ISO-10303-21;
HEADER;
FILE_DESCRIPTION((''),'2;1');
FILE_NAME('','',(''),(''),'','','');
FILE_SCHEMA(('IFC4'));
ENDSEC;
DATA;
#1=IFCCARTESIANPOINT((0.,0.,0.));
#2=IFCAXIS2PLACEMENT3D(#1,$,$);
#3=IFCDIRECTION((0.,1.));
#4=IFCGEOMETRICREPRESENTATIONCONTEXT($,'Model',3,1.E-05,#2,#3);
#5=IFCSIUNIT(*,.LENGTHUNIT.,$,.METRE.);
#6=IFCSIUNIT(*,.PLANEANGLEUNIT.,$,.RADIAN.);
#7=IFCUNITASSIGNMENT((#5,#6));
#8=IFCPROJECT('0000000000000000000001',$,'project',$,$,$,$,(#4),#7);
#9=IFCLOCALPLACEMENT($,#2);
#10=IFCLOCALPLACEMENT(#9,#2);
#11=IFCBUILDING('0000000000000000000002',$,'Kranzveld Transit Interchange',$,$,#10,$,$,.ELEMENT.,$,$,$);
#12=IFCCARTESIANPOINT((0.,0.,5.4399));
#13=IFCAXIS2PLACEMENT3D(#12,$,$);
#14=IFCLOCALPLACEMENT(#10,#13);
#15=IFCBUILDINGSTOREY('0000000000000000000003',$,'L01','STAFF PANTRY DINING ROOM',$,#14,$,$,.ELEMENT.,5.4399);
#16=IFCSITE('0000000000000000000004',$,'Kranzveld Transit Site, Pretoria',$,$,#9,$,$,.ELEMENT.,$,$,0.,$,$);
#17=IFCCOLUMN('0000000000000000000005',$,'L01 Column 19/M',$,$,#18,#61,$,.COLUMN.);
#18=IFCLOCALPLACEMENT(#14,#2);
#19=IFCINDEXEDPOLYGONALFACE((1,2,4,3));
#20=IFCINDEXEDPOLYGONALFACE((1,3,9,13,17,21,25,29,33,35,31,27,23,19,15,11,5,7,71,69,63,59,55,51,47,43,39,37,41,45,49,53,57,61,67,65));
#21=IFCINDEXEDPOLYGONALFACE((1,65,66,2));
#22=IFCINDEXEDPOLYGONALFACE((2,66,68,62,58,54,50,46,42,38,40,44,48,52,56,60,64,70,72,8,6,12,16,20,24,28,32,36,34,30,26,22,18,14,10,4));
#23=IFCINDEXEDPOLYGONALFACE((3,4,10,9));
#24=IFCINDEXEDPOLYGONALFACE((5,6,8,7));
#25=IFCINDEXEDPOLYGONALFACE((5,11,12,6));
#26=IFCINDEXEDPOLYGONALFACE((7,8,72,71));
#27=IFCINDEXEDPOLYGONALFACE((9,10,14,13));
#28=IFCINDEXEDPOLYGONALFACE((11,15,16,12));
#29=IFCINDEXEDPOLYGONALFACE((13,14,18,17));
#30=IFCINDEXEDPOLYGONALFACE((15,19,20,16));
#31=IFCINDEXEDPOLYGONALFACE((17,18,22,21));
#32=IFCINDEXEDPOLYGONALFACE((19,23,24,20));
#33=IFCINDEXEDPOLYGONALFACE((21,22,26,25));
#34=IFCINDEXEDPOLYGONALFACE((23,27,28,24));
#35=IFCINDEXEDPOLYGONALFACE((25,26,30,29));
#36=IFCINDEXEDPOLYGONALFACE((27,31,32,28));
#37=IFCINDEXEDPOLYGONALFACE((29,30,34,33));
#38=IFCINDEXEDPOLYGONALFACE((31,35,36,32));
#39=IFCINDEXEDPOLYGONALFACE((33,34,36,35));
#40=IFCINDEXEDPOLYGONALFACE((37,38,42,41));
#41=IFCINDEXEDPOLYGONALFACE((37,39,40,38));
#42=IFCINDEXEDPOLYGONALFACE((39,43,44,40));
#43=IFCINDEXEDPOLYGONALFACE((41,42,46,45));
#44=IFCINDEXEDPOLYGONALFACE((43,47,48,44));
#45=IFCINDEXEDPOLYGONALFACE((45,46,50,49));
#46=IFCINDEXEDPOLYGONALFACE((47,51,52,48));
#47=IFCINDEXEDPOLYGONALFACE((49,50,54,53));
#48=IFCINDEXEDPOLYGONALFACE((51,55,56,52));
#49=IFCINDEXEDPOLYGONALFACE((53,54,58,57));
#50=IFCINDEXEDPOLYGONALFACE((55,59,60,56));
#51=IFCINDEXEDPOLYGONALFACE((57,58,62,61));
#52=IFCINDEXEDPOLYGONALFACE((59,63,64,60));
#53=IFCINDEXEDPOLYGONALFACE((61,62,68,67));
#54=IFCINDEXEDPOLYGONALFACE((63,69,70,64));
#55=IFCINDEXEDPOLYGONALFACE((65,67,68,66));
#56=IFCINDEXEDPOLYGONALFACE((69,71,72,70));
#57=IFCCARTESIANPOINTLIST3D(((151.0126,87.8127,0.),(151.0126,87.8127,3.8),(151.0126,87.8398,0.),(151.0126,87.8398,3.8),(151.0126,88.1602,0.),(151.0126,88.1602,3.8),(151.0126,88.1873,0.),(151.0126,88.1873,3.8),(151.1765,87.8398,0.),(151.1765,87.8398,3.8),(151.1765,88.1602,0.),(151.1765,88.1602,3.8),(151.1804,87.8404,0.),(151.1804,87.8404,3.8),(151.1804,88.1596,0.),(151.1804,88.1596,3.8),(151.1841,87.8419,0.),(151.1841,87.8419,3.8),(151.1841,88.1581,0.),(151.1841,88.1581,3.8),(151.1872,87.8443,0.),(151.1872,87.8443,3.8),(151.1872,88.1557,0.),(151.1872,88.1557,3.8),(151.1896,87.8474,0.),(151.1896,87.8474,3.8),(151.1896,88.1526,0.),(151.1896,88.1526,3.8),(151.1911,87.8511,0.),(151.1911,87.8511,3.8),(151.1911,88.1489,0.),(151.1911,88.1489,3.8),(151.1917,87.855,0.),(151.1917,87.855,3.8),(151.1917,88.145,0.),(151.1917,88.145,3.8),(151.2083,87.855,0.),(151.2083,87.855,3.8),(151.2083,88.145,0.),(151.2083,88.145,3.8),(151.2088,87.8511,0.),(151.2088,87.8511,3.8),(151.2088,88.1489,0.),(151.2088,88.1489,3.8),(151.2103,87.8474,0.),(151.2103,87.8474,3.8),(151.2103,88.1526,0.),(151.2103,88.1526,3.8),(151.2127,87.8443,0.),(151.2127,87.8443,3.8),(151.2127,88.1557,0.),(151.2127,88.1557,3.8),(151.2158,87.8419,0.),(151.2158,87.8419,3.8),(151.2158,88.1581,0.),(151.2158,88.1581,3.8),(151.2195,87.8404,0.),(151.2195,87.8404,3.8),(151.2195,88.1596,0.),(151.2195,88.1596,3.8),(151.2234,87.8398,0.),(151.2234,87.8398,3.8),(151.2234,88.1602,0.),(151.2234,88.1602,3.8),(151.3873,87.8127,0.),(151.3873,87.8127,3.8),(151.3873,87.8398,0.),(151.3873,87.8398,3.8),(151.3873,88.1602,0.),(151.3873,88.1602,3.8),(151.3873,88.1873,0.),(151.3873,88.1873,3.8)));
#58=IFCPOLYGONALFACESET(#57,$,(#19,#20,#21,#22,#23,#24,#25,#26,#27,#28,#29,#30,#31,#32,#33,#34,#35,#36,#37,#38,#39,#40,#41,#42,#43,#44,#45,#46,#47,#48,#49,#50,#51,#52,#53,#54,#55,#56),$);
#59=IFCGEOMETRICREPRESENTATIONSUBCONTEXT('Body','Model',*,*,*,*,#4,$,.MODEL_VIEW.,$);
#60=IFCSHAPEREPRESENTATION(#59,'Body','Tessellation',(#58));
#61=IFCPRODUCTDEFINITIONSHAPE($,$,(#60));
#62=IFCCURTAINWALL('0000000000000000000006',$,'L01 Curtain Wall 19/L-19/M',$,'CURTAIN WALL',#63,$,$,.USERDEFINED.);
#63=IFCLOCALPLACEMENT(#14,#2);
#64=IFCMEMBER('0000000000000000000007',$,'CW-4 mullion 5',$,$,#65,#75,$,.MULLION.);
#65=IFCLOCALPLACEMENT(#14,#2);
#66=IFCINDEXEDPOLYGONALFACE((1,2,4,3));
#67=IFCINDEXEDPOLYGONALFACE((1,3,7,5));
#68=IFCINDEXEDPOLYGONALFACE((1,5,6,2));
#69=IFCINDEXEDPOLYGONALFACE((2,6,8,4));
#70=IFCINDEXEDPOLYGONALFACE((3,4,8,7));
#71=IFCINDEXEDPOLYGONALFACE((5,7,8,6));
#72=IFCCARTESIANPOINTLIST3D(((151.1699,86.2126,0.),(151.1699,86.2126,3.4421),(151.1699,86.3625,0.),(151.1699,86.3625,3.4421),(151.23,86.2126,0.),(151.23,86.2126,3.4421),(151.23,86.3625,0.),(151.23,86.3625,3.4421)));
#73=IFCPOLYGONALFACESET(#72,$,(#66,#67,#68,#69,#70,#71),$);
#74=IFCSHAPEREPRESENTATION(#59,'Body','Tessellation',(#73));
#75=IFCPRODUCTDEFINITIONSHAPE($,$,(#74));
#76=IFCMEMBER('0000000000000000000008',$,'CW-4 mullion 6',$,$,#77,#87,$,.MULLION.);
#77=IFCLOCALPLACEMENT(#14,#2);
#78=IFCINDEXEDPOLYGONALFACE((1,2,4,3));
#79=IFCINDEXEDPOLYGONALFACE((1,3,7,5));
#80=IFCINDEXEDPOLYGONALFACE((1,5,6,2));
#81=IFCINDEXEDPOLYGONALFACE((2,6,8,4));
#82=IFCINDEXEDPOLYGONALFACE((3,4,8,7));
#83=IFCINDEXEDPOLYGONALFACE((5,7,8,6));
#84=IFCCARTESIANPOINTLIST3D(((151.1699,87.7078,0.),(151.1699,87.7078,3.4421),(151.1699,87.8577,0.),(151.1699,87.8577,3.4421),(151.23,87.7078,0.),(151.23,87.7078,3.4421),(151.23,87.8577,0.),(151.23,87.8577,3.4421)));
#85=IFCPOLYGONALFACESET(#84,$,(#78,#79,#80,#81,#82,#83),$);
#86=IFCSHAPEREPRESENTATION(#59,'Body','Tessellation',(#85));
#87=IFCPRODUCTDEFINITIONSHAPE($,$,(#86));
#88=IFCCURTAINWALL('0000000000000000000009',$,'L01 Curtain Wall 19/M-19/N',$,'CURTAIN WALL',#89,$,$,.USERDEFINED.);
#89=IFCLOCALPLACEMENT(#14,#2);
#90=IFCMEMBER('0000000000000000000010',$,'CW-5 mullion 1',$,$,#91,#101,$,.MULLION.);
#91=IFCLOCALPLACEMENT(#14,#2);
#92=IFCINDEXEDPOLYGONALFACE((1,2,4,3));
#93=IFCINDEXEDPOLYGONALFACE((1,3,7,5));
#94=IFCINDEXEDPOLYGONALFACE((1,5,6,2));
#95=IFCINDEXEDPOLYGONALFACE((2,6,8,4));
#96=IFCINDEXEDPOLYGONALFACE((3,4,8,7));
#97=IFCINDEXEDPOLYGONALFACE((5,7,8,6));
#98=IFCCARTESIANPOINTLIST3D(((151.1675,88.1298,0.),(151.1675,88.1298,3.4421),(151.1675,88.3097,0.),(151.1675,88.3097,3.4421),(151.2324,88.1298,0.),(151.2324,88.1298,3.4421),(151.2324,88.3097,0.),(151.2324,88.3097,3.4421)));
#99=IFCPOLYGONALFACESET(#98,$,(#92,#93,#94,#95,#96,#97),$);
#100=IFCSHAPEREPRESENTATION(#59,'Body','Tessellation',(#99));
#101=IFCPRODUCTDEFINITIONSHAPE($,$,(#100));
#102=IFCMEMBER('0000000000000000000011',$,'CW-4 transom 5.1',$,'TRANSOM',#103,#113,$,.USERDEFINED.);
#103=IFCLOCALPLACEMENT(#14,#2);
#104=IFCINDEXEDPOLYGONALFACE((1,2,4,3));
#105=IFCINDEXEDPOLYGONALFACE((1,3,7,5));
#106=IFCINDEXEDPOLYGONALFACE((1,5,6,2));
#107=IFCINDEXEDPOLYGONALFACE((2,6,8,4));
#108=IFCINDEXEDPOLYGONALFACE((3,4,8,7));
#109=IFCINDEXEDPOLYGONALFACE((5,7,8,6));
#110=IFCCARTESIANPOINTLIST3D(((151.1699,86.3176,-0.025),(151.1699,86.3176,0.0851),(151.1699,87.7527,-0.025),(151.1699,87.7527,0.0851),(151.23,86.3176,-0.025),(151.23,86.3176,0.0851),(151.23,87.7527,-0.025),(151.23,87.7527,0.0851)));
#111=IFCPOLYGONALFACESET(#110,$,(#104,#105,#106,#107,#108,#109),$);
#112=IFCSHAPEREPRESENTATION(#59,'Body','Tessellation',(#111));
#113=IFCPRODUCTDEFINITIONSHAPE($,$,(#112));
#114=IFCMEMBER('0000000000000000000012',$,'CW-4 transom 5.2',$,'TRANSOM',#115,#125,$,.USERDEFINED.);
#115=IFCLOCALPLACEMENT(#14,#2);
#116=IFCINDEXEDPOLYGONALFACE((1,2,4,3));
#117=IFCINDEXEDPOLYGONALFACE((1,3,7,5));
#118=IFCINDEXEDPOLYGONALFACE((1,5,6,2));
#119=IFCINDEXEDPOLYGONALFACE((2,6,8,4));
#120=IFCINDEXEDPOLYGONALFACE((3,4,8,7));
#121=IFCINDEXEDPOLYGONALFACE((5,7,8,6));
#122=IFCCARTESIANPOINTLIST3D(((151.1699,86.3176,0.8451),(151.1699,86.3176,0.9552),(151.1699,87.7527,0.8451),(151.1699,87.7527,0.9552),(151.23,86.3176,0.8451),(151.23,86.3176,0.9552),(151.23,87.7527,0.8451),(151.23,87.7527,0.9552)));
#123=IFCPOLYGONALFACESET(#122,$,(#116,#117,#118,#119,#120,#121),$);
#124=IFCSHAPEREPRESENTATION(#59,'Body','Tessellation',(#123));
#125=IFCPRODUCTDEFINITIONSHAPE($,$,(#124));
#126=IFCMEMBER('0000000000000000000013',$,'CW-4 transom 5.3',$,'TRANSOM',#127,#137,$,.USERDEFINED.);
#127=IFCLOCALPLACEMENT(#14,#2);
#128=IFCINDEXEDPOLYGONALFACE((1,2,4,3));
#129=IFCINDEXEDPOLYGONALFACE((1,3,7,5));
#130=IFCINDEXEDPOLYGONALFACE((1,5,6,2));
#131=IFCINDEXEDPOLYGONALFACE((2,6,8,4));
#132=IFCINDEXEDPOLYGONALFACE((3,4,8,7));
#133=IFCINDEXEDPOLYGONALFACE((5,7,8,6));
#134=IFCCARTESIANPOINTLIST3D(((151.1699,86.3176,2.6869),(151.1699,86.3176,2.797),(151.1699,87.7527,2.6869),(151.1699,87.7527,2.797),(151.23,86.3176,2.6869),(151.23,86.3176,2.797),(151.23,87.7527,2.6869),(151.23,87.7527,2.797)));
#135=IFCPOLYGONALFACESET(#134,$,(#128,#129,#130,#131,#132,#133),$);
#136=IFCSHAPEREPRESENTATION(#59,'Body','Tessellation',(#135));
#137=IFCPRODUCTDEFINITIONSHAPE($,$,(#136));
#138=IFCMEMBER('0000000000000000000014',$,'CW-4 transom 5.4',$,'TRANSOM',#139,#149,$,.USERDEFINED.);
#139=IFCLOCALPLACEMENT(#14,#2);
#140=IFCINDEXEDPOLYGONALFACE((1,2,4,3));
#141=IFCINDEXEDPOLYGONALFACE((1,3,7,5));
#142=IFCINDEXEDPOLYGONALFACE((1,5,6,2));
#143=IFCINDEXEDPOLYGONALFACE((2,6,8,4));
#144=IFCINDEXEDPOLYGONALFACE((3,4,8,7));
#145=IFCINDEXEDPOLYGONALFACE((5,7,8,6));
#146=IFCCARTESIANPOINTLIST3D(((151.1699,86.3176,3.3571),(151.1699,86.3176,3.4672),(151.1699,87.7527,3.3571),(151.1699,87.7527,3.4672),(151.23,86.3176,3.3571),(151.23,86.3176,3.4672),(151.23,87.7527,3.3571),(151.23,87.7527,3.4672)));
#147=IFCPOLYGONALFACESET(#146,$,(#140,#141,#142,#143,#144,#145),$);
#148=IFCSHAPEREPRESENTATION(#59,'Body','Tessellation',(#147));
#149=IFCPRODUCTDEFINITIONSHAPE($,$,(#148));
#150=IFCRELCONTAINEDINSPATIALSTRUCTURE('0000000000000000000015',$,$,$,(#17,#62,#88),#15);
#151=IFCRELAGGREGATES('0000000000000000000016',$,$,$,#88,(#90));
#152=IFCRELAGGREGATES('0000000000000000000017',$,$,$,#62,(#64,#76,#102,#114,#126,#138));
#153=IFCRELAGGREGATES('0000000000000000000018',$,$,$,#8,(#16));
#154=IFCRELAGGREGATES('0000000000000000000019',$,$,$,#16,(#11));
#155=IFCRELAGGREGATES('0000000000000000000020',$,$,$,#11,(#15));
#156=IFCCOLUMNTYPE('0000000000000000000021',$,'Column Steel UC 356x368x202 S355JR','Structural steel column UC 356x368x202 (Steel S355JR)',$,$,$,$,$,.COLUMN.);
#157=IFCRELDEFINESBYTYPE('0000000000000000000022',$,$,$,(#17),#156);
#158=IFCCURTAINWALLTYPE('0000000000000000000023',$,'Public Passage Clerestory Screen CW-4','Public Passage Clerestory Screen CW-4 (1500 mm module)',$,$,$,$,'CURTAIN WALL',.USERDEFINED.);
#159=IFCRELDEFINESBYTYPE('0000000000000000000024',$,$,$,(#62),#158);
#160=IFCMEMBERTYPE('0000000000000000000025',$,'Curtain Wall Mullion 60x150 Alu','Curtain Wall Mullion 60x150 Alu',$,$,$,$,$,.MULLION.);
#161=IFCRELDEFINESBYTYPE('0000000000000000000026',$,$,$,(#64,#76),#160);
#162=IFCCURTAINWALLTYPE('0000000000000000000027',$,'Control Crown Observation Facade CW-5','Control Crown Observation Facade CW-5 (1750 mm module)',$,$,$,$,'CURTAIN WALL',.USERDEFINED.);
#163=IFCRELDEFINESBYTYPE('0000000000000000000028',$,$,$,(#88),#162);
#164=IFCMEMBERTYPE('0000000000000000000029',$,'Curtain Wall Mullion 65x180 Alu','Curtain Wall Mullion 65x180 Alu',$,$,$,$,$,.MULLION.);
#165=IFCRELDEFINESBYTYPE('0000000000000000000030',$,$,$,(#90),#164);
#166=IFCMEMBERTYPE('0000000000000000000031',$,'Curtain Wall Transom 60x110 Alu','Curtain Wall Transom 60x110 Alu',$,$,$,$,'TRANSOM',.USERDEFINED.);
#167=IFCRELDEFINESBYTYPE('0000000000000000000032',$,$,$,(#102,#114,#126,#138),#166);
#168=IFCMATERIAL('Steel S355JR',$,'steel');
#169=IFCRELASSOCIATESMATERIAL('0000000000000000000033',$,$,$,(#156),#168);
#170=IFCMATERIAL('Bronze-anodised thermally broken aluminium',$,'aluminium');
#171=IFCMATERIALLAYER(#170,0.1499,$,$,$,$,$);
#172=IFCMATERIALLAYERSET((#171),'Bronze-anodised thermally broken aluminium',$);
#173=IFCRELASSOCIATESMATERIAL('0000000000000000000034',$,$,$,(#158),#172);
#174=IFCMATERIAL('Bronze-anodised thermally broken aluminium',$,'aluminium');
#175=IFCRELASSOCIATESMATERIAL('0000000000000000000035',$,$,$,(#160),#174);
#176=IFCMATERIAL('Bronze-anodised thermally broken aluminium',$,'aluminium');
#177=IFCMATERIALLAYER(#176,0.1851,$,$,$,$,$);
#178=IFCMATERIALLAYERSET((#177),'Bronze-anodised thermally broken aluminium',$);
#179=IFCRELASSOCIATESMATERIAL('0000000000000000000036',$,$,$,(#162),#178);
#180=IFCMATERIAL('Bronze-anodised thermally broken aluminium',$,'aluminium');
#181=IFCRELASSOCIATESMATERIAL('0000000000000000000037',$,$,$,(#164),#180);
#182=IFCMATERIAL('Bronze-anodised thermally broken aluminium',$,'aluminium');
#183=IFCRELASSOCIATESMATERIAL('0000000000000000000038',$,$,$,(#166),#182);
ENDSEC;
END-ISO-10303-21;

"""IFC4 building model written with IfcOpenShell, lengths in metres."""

from ifc_helpers import new_model, si_unit, direction, frame, origin, origin_2d, place, context, subcontext, project, spatial, rectangle, i_section, extrude, material, layer, layer_set, material_profile, profile_set, type_object, element, aggregate, save


model = new_model("IFC4")

# Units and contexts
model_context = context("Model", 3, precision=1e-05, world=origin(), true_north=direction((0.0, 1.0)))
body_context = subcontext(model_context, "Body", "Model", "MODEL_VIEW")
ifc_project = project(units=[si_unit("LENGTHUNIT", "METRE"), si_unit("PLANEANGLEUNIT", "RADIAN")], contexts=[model_context])

# Site, building, storey
site_placement = place(None, origin())
site = spatial("IfcSite", under=ifc_project, at=site_placement, Name="Kranzveld Transit Site, Pretoria", CompositionType="ELEMENT", RefElevation=0.0)
building_placement = place(site_placement, origin())
building = spatial("IfcBuilding", under=site, at=building_placement, Name="Kranzveld Transit Interchange", CompositionType="ELEMENT")
storey_placement = place(building_placement, frame((0.0, 0.0, 5.4399)))
storey = spatial("IfcBuildingStorey", under=building, at=storey_placement, Name="L01", Description="STAFF PANTRY DINING ROOM", CompositionType="ELEMENT", Elevation=5.4399)

# Column
ifc_material_1 = material(Name="Steel S355JR", Category="steel")
ifc_material_profile_1 = material_profile(ifc_material_1, i_section(OverallWidth=0.3748, OverallDepth=0.3745, WebThickness=0.0166, FlangeThickness=0.0271, FilletRadius=0.0151, at=origin_2d()), Name="UC 356x368x202")
ifc_profile_set_1 = profile_set([ifc_material_profile_1], Name="Steel S355JR")
column_type = type_object("IfcColumnType", Name="Column Steel UC 356x368x202 S355JR", Description="Structural steel column UC 356x368x202 (Steel S355JR)", PredefinedType="COLUMN", material=ifc_profile_set_1)
column_placement = place(storey_placement, frame((151.2, 88.0, 0.0), z_axis=(0.0, 0.0, 1.0), x_axis=(1.0, 0.0, 0.0)))
element("IfcColumn", 1, at=column_placement, inside=storey, type_object=column_type, Name="L01 Column 19/M", PredefinedType="COLUMN", context=body_context, shape_type="SweptSolid", body=[
    extrude(i_section(OverallWidth=0.3748, OverallDepth=0.3745, WebThickness=0.0166, FlangeThickness=0.0271, FilletRadius=0.0151, at=origin_2d()), origin(), (0.0, 0.0, 1.0), 3.8),
])

# Curtain wall, members
ifc_material_2 = material(Name="Bronze-anodised thermally broken aluminium", Category="aluminium")
ifc_layer_1 = layer(ifc_material_2, 0.1499)
ifc_layer_set_1 = layer_set([ifc_layer_1], Name="Bronze-anodised thermally broken aluminium")
curtain_wall_type_1 = type_object("IfcCurtainWallType", Name="Public Passage Clerestory Screen CW-4", Description="Public Passage Clerestory Screen CW-4 (1500 mm module)", ElementType="CURTAIN WALL", PredefinedType="USERDEFINED", material=ifc_layer_set_1)
curtain_wall_1_placement = place(storey_placement, origin())
curtain_wall_1 = element("IfcCurtainWall", 2, at=curtain_wall_1_placement, inside=storey, type_object=curtain_wall_type_1, Name="L01 Curtain Wall 19/L-19/M", ObjectType="CURTAIN WALL", PredefinedType="USERDEFINED")
ifc_material_3 = material(Name="Bronze-anodised thermally broken aluminium", Category="aluminium")
ifc_material_profile_2 = material_profile(ifc_material_3, rectangle(XDim=0.0601, YDim=0.1499, at=origin_2d()), Name="ALU MULLION 60x150")
ifc_profile_set_2 = profile_set([ifc_material_profile_2], Name="Bronze-anodised thermally broken aluminium")
member_type_1 = type_object("IfcMemberType", Name="Curtain Wall Mullion 60x150 Alu", Description="Curtain Wall Mullion 60x150 Alu", PredefinedType="MULLION", material=ifc_profile_set_2)
member_1_placement = place(storey_placement, frame((151.2, 86.2876, 0.0), z_axis=(0.0, 0.0, 1.0), x_axis=(-1.0, 0.0, 0.0)))
member_1 = element("IfcMember", 3, at=member_1_placement, type_object=member_type_1, Name="CW-4 mullion 5", PredefinedType="MULLION", context=body_context, shape_type="SweptSolid", body=[
    extrude(rectangle(XDim=0.0601, YDim=0.1499, at=origin_2d()), origin(), (0.0, 0.0, 1.0), 3.4421),
])
member_2_placement = place(storey_placement, frame((151.2, 87.7827, 0.0), z_axis=(0.0, 0.0, 1.0), x_axis=(-1.0, 0.0, 0.0)))
member_2 = element("IfcMember", 4, at=member_2_placement, type_object=member_type_1, Name="CW-4 mullion 6", PredefinedType="MULLION", context=body_context, shape_type="SweptSolid", body=[
    extrude(rectangle(XDim=0.0601, YDim=0.1499, at=origin_2d()), origin(), (0.0, 0.0, 1.0), 3.4421),
])

# Curtain wall, member
ifc_material_4 = material(Name="Bronze-anodised thermally broken aluminium", Category="aluminium")
ifc_layer_2 = layer(ifc_material_4, 0.1851)
ifc_layer_set_2 = layer_set([ifc_layer_2], Name="Bronze-anodised thermally broken aluminium")
curtain_wall_type_2 = type_object("IfcCurtainWallType", Name="Control Crown Observation Facade CW-5", Description="Control Crown Observation Facade CW-5 (1750 mm module)", ElementType="CURTAIN WALL", PredefinedType="USERDEFINED", material=ifc_layer_set_2)
curtain_wall_2_placement = place(storey_placement, origin())
curtain_wall_2 = element("IfcCurtainWall", 5, at=curtain_wall_2_placement, inside=storey, type_object=curtain_wall_type_2, Name="L01 Curtain Wall 19/M-19/N", ObjectType="CURTAIN WALL", PredefinedType="USERDEFINED")
ifc_material_5 = material(Name="Bronze-anodised thermally broken aluminium", Category="aluminium")
ifc_material_profile_3 = material_profile(ifc_material_5, rectangle(XDim=0.0649, YDim=0.1799, at=origin_2d()), Name="ALU MULLION 65x180")
ifc_profile_set_3 = profile_set([ifc_material_profile_3], Name="Bronze-anodised thermally broken aluminium")
member_type_2 = type_object("IfcMemberType", Name="Curtain Wall Mullion 65x180 Alu", Description="Curtain Wall Mullion 65x180 Alu", PredefinedType="MULLION", material=ifc_profile_set_3)
member_3_placement = place(storey_placement, frame((151.2, 88.2197, 0.0), z_axis=(0.0, 0.0, 1.0), x_axis=(-1.0, 0.0, 0.0)))
member_3 = element("IfcMember", 6, at=member_3_placement, type_object=member_type_2, Name="CW-5 mullion 1", PredefinedType="MULLION", context=body_context, shape_type="SweptSolid", body=[
    extrude(rectangle(XDim=0.0649, YDim=0.1799, at=origin_2d()), origin(), (0.0, 0.0, 1.0), 3.4421),
])
aggregate(curtain_wall_2, [member_3])

# Members
ifc_material_6 = material(Name="Bronze-anodised thermally broken aluminium", Category="aluminium")
ifc_material_profile_4 = material_profile(ifc_material_6, rectangle(XDim=0.0601, YDim=0.1101, at=origin_2d()), Name="ALU TRANSOM 60x110")
ifc_profile_set_4 = profile_set([ifc_material_profile_4], Name="Bronze-anodised thermally broken aluminium")
member_type_3 = type_object("IfcMemberType", Name="Curtain Wall Transom 60x110 Alu", Description="Curtain Wall Transom 60x110 Alu", ElementType="TRANSOM", PredefinedType="USERDEFINED", material=ifc_profile_set_4)
member_4_placement = place(storey_placement, frame((151.2, 86.3176, 0.03), z_axis=(0.0, 1.0, 0.0), x_axis=(-1.0, 0.0, 0.0)))
member_4 = element("IfcMember", 7, at=member_4_placement, type_object=member_type_3, Name="CW-4 transom 5.1", ObjectType="TRANSOM", PredefinedType="USERDEFINED", context=body_context, shape_type="SweptSolid", body=[
    extrude(rectangle(XDim=0.0601, YDim=0.1101, at=origin_2d()), origin(), (0.0, 0.0, 1.0), 1.4351),
])
member_5_placement = place(storey_placement, frame((151.2, 86.3176, 0.9001), z_axis=(0.0, 1.0, 0.0), x_axis=(-1.0, 0.0, 0.0)))
member_5 = element("IfcMember", 8, at=member_5_placement, type_object=member_type_3, Name="CW-4 transom 5.2", ObjectType="TRANSOM", PredefinedType="USERDEFINED", context=body_context, shape_type="SweptSolid", body=[
    extrude(rectangle(XDim=0.0601, YDim=0.1101, at=origin_2d()), origin(), (0.0, 0.0, 1.0), 1.4351),
])
member_6_placement = place(storey_placement, frame((151.2, 86.3176, 2.7419), z_axis=(0.0, 1.0, 0.0), x_axis=(-1.0, 0.0, 0.0)))
member_6 = element("IfcMember", 9, at=member_6_placement, type_object=member_type_3, Name="CW-4 transom 5.3", ObjectType="TRANSOM", PredefinedType="USERDEFINED", context=body_context, shape_type="SweptSolid", body=[
    extrude(rectangle(XDim=0.0601, YDim=0.1101, at=origin_2d()), origin(), (0.0, 0.0, 1.0), 1.4351),
])
member_7_placement = place(storey_placement, frame((151.2, 86.3176, 3.4121), z_axis=(0.0, 1.0, 0.0), x_axis=(-1.0, 0.0, 0.0)))
member_7 = element("IfcMember", 10, at=member_7_placement, type_object=member_type_3, Name="CW-4 transom 5.4", ObjectType="TRANSOM", PredefinedType="USERDEFINED", context=body_context, shape_type="SweptSolid", body=[
    extrude(rectangle(XDim=0.0601, YDim=0.1101, at=origin_2d()), origin(), (0.0, 0.0, 1.0), 1.4351),
])

aggregate(curtain_wall_1, [member_1, member_2, member_4, member_5, member_6, member_7])

save(model, "model.ifc")
